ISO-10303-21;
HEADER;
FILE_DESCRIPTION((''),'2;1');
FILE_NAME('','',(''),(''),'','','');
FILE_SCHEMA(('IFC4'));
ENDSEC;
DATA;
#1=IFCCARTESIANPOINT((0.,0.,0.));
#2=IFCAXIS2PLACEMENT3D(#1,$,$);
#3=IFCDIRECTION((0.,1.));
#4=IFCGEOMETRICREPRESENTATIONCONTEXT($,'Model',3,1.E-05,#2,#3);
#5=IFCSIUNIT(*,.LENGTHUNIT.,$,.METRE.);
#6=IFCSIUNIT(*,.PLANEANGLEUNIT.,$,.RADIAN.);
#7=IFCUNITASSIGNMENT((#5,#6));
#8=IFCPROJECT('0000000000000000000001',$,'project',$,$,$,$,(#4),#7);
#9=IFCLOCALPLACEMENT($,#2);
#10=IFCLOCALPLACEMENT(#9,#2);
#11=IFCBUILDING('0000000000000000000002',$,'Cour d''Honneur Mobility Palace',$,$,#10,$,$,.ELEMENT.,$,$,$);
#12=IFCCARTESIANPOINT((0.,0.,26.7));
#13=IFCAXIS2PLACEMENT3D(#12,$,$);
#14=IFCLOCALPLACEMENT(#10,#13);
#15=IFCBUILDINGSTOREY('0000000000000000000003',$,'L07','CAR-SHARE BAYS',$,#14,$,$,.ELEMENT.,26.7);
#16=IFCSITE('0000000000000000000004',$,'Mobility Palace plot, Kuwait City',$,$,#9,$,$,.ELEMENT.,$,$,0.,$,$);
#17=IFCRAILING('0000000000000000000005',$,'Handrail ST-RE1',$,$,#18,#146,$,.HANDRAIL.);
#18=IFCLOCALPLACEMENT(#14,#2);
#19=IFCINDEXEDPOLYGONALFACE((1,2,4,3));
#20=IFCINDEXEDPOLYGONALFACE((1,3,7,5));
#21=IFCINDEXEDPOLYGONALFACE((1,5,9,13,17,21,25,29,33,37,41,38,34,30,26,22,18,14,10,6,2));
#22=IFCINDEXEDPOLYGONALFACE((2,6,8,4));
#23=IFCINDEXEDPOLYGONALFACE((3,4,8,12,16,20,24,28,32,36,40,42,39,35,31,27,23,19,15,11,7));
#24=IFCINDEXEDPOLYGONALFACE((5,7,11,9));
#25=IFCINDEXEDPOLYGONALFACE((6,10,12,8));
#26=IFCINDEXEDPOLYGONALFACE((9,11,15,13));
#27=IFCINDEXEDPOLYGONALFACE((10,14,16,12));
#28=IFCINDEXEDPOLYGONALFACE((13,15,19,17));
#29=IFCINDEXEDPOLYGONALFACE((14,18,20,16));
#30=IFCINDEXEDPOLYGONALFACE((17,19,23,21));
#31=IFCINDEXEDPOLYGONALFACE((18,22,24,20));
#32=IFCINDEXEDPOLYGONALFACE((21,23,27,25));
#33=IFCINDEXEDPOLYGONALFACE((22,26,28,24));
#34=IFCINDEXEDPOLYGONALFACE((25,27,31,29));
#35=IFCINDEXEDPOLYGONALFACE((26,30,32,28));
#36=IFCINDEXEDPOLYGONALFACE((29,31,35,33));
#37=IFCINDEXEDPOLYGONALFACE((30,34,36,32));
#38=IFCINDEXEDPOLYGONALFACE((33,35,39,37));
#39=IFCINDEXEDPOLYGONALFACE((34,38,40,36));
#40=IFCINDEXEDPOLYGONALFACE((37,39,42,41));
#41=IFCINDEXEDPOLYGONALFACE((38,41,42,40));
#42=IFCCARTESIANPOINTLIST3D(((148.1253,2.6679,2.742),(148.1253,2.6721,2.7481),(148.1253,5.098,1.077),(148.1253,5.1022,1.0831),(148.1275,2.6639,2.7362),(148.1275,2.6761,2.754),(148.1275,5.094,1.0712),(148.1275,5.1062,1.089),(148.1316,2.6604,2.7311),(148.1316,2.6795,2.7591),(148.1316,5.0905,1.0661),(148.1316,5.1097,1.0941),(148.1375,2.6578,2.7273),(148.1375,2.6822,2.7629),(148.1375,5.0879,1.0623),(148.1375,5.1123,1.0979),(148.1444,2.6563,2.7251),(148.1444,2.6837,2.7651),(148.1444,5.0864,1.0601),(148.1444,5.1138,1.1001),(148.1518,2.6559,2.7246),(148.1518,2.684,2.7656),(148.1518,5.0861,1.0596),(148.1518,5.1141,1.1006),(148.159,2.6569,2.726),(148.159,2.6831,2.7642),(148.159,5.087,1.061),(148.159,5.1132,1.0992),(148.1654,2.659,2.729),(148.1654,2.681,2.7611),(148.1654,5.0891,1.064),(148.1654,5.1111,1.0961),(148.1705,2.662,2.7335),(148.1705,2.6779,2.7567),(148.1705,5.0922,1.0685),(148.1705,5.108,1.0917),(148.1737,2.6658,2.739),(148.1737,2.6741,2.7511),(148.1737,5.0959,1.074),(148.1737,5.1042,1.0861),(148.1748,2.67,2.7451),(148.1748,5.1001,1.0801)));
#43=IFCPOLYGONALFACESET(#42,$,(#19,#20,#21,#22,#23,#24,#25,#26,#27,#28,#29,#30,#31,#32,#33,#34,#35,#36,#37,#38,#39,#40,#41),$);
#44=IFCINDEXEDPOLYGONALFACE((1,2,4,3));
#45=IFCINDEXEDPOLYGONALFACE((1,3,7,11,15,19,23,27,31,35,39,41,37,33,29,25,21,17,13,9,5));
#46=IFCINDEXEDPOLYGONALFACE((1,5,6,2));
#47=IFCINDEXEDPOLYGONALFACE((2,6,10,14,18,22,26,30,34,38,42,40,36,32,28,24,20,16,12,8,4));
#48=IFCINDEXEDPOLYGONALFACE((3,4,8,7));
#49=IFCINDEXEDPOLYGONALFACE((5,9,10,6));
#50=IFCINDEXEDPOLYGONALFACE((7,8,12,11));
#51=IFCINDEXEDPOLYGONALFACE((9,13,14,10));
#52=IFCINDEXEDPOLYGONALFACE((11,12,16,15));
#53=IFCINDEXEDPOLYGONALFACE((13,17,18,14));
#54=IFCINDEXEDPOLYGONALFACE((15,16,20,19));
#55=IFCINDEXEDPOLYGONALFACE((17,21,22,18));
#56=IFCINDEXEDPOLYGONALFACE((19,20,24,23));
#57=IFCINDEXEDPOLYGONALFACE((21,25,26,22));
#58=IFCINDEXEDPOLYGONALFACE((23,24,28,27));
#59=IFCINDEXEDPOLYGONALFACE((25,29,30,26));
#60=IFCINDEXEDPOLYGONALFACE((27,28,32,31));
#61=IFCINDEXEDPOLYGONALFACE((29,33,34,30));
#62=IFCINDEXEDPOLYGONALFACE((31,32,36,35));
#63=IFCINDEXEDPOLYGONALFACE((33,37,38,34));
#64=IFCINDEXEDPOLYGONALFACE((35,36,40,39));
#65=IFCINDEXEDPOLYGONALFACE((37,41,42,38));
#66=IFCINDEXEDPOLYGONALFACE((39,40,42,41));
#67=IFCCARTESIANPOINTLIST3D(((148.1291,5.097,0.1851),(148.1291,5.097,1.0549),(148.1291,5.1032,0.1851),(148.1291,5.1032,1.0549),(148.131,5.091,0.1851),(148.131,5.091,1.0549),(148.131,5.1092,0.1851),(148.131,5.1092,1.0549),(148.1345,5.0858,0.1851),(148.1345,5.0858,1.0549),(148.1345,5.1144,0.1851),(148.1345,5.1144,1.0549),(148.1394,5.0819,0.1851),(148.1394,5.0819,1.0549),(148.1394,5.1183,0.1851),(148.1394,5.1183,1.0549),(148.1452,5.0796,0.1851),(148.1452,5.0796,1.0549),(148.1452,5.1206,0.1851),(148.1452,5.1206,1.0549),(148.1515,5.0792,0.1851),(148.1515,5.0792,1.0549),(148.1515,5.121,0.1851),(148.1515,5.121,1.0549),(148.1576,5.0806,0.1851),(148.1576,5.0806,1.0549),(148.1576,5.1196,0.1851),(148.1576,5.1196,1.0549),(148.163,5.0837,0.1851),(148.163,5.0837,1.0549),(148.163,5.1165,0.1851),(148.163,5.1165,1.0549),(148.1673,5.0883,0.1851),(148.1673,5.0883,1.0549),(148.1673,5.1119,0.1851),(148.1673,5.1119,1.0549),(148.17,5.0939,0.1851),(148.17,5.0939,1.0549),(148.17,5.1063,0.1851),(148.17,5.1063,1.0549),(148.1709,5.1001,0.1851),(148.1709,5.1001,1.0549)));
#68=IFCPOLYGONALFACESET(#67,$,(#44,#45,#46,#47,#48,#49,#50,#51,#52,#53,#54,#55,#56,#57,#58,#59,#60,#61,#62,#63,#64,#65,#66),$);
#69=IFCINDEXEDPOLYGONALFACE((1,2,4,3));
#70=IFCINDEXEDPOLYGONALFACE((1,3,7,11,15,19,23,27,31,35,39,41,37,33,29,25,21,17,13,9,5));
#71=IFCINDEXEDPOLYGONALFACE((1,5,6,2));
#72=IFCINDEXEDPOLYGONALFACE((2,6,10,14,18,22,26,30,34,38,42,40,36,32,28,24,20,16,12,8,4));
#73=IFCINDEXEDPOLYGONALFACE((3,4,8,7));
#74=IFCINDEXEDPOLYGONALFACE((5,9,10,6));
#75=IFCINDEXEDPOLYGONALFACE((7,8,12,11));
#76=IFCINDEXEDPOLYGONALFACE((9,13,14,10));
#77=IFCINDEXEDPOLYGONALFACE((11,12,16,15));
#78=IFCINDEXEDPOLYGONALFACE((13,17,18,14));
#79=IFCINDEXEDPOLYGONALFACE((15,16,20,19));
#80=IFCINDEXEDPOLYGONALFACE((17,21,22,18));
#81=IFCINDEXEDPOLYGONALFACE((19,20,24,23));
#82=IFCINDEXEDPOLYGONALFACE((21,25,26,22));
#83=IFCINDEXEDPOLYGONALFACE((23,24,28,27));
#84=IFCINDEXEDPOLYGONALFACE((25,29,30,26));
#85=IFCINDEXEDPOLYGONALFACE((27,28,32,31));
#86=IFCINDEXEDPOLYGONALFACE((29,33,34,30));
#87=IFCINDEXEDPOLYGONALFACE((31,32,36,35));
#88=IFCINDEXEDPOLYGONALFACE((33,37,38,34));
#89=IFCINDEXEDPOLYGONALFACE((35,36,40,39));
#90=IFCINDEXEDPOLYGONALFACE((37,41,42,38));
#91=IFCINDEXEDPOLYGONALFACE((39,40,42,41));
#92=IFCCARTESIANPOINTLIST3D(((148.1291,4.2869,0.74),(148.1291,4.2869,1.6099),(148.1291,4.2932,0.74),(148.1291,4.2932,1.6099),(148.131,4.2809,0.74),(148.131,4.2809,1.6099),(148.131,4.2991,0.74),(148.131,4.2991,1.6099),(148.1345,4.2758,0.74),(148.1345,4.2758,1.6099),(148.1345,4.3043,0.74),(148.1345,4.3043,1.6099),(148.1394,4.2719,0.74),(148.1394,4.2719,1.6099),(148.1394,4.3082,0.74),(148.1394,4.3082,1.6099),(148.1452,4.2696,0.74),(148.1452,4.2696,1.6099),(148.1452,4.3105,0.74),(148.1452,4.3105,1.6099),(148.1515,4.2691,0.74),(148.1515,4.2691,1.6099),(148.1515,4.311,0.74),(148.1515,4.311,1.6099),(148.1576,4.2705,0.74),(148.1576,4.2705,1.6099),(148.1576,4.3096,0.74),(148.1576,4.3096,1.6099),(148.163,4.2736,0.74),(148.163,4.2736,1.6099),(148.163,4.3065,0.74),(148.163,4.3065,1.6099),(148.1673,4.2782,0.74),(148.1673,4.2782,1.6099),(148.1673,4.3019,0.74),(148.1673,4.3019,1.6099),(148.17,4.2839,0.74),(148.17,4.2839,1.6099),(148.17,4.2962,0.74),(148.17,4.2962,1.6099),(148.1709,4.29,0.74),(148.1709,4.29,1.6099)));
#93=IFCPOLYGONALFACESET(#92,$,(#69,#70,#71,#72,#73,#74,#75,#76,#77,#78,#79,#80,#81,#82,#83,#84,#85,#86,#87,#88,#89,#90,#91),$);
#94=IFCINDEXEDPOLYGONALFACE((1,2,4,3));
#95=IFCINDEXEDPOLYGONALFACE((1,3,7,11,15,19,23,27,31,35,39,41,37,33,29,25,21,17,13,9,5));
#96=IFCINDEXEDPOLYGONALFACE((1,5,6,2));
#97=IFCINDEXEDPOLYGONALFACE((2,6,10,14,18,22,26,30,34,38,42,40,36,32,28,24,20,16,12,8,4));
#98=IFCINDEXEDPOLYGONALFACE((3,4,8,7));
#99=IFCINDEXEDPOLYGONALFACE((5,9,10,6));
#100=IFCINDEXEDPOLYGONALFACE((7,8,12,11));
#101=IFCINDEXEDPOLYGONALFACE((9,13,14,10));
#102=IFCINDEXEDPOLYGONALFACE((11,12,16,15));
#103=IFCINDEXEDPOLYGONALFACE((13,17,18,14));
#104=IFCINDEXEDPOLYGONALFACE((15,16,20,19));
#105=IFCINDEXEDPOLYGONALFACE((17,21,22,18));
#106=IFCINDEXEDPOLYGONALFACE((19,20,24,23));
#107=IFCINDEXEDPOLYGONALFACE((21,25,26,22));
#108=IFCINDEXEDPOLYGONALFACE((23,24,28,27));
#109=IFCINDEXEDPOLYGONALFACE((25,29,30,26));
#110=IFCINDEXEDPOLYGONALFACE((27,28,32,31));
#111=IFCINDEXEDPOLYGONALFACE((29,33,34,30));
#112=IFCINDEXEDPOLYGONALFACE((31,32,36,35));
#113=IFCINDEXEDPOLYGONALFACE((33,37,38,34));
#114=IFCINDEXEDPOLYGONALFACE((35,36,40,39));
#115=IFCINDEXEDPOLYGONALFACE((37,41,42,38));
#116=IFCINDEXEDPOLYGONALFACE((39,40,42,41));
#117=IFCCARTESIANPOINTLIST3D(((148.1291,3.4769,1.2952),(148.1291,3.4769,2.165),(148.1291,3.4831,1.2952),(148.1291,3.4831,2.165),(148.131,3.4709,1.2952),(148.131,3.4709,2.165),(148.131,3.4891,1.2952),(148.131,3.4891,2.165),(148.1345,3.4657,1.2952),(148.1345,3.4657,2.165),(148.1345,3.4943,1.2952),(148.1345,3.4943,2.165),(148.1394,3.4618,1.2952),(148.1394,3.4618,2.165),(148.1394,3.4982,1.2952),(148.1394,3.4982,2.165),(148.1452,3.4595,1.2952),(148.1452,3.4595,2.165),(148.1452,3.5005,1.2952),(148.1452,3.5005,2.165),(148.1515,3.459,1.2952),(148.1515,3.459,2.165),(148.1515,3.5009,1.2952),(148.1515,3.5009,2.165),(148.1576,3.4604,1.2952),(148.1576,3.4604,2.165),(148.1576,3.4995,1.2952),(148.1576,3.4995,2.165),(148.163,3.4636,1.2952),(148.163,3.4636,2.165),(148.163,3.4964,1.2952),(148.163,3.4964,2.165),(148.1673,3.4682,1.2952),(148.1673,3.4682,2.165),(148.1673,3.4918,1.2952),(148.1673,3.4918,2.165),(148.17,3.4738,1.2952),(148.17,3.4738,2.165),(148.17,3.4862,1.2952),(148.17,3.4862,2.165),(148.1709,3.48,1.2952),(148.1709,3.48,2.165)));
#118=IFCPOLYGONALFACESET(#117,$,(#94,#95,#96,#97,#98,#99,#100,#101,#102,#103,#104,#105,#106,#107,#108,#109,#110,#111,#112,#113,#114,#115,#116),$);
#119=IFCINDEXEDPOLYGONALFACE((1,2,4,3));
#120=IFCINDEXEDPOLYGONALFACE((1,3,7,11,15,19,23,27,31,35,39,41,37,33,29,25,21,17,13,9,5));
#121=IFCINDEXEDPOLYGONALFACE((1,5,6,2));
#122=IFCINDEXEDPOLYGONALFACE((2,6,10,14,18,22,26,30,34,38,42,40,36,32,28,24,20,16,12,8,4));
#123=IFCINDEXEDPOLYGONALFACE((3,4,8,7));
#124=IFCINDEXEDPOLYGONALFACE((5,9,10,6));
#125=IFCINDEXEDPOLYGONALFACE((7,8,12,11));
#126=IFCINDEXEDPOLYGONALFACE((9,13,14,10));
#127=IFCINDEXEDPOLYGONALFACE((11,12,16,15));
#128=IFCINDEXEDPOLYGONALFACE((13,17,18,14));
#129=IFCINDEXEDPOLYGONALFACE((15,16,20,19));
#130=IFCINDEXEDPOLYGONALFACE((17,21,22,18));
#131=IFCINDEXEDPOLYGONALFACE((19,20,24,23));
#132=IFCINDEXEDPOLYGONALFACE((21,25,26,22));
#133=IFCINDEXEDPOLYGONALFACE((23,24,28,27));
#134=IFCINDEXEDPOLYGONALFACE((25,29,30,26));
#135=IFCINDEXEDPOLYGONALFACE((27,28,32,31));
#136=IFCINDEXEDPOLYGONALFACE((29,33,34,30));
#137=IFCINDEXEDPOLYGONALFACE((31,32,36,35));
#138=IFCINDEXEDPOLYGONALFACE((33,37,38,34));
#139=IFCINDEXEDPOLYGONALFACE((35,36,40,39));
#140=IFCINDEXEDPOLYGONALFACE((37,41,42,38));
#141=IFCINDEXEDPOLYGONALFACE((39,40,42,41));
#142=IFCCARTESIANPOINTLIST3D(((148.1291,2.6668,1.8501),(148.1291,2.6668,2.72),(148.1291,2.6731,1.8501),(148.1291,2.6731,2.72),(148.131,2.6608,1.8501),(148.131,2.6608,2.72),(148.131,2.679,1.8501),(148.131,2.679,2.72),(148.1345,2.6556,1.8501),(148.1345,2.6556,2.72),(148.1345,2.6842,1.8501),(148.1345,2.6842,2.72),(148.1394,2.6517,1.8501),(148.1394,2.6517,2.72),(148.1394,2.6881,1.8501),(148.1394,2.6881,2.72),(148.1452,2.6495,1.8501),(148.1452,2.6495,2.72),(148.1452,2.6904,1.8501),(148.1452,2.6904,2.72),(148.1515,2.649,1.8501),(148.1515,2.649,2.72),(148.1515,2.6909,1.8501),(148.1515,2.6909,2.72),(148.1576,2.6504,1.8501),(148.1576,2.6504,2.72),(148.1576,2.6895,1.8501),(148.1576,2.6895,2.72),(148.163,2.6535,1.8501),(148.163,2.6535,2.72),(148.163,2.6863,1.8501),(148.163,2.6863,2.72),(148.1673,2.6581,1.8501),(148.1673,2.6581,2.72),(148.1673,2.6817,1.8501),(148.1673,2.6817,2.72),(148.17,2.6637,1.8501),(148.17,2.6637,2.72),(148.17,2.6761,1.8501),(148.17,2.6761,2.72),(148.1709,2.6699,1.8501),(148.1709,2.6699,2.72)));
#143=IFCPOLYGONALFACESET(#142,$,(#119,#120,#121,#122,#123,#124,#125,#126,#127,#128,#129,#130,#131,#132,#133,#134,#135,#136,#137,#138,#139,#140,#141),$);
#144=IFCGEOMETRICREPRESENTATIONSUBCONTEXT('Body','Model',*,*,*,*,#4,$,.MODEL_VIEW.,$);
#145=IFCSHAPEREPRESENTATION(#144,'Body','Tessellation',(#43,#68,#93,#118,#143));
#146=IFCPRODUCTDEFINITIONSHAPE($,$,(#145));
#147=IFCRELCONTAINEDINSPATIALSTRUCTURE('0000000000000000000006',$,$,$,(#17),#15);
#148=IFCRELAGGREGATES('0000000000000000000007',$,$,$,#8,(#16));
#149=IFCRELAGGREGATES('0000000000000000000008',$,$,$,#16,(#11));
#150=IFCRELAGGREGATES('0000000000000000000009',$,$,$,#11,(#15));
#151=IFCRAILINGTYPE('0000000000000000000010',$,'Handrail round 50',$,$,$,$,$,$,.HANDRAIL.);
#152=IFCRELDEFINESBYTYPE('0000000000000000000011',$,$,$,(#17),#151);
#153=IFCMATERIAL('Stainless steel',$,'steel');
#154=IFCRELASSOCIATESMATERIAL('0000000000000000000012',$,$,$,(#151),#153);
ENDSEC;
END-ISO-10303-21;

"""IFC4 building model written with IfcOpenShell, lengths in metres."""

from ifc_helpers import new_model, si_unit, direction, frame, origin, origin_2d, place, context, subcontext, project, spatial, circle, extrude, material, type_object, element, save


model = new_model("IFC4")

# Units and contexts
model_context = context("Model", 3, precision=1e-05, world=origin(), true_north=direction((0.0, 1.0)))
body_context = subcontext(model_context, "Body", "Model", "MODEL_VIEW")
ifc_project = project(units=[si_unit("LENGTHUNIT", "METRE"), si_unit("PLANEANGLEUNIT", "RADIAN")], contexts=[model_context])

# Site, building, storey
site_placement = place(None, origin())
site = spatial("IfcSite", under=ifc_project, at=site_placement, Name="Mobility Palace plot, Kuwait City", CompositionType="ELEMENT", RefElevation=0.0)
building_placement = place(site_placement, origin())
building = spatial("IfcBuilding", under=site, at=building_placement, Name="Cour d'Honneur Mobility Palace", CompositionType="ELEMENT")
storey_placement = place(building_placement, frame((0.0, 0.0, 26.7)))
storey = spatial("IfcBuildingStorey", under=building, at=storey_placement, Name="L07", Description="CAR-SHARE BAYS", CompositionType="ELEMENT", Elevation=26.7)

# Railing
ifc_material_1 = material(Name="Stainless steel", Category="steel")
railing_type_1 = type_object("IfcRailingType", Name="Handrail round 50", PredefinedType="HANDRAIL", material=ifc_material_1)
for number, where, name in (
    (1, (148.1499, 5.1001, 0.1851), "Handrail ST-RE1"),
):
    element("IfcRailing", number, at=place(storey_placement, frame(where)), inside=storey, type_object=railing_type_1, Name=name, PredefinedType="HANDRAIL", context=body_context, shape_type="SweptSolid", body=[
        extrude(circle(Radius=0.0249, at=origin_2d()), frame((0.0, 0.0, 0.895), z_axis=(0.0, -0.824945, 0.565213), x_axis=(1.0, 0.0, 0.0)), (0.0, 0.0, 1.0), 2.9458),
        extrude(circle(Radius=0.021, at=origin_2d()), origin(), (0.0, 0.0, 1.0), 0.8699),
        extrude(circle(Radius=0.021, at=origin_2d()), frame((0.0, -0.8101, 0.5549)), (0.0, 0.0, 1.0), 0.8699),
        extrude(circle(Radius=0.021, at=origin_2d()), frame((0.0, -1.6201, 1.1101)), (0.0, 0.0, 1.0), 0.8699),
        extrude(circle(Radius=0.021, at=origin_2d()), frame((0.0, -2.4302, 1.665)), (0.0, 0.0, 1.0), 0.8699),
    ])

save(model, "model.ifc")
